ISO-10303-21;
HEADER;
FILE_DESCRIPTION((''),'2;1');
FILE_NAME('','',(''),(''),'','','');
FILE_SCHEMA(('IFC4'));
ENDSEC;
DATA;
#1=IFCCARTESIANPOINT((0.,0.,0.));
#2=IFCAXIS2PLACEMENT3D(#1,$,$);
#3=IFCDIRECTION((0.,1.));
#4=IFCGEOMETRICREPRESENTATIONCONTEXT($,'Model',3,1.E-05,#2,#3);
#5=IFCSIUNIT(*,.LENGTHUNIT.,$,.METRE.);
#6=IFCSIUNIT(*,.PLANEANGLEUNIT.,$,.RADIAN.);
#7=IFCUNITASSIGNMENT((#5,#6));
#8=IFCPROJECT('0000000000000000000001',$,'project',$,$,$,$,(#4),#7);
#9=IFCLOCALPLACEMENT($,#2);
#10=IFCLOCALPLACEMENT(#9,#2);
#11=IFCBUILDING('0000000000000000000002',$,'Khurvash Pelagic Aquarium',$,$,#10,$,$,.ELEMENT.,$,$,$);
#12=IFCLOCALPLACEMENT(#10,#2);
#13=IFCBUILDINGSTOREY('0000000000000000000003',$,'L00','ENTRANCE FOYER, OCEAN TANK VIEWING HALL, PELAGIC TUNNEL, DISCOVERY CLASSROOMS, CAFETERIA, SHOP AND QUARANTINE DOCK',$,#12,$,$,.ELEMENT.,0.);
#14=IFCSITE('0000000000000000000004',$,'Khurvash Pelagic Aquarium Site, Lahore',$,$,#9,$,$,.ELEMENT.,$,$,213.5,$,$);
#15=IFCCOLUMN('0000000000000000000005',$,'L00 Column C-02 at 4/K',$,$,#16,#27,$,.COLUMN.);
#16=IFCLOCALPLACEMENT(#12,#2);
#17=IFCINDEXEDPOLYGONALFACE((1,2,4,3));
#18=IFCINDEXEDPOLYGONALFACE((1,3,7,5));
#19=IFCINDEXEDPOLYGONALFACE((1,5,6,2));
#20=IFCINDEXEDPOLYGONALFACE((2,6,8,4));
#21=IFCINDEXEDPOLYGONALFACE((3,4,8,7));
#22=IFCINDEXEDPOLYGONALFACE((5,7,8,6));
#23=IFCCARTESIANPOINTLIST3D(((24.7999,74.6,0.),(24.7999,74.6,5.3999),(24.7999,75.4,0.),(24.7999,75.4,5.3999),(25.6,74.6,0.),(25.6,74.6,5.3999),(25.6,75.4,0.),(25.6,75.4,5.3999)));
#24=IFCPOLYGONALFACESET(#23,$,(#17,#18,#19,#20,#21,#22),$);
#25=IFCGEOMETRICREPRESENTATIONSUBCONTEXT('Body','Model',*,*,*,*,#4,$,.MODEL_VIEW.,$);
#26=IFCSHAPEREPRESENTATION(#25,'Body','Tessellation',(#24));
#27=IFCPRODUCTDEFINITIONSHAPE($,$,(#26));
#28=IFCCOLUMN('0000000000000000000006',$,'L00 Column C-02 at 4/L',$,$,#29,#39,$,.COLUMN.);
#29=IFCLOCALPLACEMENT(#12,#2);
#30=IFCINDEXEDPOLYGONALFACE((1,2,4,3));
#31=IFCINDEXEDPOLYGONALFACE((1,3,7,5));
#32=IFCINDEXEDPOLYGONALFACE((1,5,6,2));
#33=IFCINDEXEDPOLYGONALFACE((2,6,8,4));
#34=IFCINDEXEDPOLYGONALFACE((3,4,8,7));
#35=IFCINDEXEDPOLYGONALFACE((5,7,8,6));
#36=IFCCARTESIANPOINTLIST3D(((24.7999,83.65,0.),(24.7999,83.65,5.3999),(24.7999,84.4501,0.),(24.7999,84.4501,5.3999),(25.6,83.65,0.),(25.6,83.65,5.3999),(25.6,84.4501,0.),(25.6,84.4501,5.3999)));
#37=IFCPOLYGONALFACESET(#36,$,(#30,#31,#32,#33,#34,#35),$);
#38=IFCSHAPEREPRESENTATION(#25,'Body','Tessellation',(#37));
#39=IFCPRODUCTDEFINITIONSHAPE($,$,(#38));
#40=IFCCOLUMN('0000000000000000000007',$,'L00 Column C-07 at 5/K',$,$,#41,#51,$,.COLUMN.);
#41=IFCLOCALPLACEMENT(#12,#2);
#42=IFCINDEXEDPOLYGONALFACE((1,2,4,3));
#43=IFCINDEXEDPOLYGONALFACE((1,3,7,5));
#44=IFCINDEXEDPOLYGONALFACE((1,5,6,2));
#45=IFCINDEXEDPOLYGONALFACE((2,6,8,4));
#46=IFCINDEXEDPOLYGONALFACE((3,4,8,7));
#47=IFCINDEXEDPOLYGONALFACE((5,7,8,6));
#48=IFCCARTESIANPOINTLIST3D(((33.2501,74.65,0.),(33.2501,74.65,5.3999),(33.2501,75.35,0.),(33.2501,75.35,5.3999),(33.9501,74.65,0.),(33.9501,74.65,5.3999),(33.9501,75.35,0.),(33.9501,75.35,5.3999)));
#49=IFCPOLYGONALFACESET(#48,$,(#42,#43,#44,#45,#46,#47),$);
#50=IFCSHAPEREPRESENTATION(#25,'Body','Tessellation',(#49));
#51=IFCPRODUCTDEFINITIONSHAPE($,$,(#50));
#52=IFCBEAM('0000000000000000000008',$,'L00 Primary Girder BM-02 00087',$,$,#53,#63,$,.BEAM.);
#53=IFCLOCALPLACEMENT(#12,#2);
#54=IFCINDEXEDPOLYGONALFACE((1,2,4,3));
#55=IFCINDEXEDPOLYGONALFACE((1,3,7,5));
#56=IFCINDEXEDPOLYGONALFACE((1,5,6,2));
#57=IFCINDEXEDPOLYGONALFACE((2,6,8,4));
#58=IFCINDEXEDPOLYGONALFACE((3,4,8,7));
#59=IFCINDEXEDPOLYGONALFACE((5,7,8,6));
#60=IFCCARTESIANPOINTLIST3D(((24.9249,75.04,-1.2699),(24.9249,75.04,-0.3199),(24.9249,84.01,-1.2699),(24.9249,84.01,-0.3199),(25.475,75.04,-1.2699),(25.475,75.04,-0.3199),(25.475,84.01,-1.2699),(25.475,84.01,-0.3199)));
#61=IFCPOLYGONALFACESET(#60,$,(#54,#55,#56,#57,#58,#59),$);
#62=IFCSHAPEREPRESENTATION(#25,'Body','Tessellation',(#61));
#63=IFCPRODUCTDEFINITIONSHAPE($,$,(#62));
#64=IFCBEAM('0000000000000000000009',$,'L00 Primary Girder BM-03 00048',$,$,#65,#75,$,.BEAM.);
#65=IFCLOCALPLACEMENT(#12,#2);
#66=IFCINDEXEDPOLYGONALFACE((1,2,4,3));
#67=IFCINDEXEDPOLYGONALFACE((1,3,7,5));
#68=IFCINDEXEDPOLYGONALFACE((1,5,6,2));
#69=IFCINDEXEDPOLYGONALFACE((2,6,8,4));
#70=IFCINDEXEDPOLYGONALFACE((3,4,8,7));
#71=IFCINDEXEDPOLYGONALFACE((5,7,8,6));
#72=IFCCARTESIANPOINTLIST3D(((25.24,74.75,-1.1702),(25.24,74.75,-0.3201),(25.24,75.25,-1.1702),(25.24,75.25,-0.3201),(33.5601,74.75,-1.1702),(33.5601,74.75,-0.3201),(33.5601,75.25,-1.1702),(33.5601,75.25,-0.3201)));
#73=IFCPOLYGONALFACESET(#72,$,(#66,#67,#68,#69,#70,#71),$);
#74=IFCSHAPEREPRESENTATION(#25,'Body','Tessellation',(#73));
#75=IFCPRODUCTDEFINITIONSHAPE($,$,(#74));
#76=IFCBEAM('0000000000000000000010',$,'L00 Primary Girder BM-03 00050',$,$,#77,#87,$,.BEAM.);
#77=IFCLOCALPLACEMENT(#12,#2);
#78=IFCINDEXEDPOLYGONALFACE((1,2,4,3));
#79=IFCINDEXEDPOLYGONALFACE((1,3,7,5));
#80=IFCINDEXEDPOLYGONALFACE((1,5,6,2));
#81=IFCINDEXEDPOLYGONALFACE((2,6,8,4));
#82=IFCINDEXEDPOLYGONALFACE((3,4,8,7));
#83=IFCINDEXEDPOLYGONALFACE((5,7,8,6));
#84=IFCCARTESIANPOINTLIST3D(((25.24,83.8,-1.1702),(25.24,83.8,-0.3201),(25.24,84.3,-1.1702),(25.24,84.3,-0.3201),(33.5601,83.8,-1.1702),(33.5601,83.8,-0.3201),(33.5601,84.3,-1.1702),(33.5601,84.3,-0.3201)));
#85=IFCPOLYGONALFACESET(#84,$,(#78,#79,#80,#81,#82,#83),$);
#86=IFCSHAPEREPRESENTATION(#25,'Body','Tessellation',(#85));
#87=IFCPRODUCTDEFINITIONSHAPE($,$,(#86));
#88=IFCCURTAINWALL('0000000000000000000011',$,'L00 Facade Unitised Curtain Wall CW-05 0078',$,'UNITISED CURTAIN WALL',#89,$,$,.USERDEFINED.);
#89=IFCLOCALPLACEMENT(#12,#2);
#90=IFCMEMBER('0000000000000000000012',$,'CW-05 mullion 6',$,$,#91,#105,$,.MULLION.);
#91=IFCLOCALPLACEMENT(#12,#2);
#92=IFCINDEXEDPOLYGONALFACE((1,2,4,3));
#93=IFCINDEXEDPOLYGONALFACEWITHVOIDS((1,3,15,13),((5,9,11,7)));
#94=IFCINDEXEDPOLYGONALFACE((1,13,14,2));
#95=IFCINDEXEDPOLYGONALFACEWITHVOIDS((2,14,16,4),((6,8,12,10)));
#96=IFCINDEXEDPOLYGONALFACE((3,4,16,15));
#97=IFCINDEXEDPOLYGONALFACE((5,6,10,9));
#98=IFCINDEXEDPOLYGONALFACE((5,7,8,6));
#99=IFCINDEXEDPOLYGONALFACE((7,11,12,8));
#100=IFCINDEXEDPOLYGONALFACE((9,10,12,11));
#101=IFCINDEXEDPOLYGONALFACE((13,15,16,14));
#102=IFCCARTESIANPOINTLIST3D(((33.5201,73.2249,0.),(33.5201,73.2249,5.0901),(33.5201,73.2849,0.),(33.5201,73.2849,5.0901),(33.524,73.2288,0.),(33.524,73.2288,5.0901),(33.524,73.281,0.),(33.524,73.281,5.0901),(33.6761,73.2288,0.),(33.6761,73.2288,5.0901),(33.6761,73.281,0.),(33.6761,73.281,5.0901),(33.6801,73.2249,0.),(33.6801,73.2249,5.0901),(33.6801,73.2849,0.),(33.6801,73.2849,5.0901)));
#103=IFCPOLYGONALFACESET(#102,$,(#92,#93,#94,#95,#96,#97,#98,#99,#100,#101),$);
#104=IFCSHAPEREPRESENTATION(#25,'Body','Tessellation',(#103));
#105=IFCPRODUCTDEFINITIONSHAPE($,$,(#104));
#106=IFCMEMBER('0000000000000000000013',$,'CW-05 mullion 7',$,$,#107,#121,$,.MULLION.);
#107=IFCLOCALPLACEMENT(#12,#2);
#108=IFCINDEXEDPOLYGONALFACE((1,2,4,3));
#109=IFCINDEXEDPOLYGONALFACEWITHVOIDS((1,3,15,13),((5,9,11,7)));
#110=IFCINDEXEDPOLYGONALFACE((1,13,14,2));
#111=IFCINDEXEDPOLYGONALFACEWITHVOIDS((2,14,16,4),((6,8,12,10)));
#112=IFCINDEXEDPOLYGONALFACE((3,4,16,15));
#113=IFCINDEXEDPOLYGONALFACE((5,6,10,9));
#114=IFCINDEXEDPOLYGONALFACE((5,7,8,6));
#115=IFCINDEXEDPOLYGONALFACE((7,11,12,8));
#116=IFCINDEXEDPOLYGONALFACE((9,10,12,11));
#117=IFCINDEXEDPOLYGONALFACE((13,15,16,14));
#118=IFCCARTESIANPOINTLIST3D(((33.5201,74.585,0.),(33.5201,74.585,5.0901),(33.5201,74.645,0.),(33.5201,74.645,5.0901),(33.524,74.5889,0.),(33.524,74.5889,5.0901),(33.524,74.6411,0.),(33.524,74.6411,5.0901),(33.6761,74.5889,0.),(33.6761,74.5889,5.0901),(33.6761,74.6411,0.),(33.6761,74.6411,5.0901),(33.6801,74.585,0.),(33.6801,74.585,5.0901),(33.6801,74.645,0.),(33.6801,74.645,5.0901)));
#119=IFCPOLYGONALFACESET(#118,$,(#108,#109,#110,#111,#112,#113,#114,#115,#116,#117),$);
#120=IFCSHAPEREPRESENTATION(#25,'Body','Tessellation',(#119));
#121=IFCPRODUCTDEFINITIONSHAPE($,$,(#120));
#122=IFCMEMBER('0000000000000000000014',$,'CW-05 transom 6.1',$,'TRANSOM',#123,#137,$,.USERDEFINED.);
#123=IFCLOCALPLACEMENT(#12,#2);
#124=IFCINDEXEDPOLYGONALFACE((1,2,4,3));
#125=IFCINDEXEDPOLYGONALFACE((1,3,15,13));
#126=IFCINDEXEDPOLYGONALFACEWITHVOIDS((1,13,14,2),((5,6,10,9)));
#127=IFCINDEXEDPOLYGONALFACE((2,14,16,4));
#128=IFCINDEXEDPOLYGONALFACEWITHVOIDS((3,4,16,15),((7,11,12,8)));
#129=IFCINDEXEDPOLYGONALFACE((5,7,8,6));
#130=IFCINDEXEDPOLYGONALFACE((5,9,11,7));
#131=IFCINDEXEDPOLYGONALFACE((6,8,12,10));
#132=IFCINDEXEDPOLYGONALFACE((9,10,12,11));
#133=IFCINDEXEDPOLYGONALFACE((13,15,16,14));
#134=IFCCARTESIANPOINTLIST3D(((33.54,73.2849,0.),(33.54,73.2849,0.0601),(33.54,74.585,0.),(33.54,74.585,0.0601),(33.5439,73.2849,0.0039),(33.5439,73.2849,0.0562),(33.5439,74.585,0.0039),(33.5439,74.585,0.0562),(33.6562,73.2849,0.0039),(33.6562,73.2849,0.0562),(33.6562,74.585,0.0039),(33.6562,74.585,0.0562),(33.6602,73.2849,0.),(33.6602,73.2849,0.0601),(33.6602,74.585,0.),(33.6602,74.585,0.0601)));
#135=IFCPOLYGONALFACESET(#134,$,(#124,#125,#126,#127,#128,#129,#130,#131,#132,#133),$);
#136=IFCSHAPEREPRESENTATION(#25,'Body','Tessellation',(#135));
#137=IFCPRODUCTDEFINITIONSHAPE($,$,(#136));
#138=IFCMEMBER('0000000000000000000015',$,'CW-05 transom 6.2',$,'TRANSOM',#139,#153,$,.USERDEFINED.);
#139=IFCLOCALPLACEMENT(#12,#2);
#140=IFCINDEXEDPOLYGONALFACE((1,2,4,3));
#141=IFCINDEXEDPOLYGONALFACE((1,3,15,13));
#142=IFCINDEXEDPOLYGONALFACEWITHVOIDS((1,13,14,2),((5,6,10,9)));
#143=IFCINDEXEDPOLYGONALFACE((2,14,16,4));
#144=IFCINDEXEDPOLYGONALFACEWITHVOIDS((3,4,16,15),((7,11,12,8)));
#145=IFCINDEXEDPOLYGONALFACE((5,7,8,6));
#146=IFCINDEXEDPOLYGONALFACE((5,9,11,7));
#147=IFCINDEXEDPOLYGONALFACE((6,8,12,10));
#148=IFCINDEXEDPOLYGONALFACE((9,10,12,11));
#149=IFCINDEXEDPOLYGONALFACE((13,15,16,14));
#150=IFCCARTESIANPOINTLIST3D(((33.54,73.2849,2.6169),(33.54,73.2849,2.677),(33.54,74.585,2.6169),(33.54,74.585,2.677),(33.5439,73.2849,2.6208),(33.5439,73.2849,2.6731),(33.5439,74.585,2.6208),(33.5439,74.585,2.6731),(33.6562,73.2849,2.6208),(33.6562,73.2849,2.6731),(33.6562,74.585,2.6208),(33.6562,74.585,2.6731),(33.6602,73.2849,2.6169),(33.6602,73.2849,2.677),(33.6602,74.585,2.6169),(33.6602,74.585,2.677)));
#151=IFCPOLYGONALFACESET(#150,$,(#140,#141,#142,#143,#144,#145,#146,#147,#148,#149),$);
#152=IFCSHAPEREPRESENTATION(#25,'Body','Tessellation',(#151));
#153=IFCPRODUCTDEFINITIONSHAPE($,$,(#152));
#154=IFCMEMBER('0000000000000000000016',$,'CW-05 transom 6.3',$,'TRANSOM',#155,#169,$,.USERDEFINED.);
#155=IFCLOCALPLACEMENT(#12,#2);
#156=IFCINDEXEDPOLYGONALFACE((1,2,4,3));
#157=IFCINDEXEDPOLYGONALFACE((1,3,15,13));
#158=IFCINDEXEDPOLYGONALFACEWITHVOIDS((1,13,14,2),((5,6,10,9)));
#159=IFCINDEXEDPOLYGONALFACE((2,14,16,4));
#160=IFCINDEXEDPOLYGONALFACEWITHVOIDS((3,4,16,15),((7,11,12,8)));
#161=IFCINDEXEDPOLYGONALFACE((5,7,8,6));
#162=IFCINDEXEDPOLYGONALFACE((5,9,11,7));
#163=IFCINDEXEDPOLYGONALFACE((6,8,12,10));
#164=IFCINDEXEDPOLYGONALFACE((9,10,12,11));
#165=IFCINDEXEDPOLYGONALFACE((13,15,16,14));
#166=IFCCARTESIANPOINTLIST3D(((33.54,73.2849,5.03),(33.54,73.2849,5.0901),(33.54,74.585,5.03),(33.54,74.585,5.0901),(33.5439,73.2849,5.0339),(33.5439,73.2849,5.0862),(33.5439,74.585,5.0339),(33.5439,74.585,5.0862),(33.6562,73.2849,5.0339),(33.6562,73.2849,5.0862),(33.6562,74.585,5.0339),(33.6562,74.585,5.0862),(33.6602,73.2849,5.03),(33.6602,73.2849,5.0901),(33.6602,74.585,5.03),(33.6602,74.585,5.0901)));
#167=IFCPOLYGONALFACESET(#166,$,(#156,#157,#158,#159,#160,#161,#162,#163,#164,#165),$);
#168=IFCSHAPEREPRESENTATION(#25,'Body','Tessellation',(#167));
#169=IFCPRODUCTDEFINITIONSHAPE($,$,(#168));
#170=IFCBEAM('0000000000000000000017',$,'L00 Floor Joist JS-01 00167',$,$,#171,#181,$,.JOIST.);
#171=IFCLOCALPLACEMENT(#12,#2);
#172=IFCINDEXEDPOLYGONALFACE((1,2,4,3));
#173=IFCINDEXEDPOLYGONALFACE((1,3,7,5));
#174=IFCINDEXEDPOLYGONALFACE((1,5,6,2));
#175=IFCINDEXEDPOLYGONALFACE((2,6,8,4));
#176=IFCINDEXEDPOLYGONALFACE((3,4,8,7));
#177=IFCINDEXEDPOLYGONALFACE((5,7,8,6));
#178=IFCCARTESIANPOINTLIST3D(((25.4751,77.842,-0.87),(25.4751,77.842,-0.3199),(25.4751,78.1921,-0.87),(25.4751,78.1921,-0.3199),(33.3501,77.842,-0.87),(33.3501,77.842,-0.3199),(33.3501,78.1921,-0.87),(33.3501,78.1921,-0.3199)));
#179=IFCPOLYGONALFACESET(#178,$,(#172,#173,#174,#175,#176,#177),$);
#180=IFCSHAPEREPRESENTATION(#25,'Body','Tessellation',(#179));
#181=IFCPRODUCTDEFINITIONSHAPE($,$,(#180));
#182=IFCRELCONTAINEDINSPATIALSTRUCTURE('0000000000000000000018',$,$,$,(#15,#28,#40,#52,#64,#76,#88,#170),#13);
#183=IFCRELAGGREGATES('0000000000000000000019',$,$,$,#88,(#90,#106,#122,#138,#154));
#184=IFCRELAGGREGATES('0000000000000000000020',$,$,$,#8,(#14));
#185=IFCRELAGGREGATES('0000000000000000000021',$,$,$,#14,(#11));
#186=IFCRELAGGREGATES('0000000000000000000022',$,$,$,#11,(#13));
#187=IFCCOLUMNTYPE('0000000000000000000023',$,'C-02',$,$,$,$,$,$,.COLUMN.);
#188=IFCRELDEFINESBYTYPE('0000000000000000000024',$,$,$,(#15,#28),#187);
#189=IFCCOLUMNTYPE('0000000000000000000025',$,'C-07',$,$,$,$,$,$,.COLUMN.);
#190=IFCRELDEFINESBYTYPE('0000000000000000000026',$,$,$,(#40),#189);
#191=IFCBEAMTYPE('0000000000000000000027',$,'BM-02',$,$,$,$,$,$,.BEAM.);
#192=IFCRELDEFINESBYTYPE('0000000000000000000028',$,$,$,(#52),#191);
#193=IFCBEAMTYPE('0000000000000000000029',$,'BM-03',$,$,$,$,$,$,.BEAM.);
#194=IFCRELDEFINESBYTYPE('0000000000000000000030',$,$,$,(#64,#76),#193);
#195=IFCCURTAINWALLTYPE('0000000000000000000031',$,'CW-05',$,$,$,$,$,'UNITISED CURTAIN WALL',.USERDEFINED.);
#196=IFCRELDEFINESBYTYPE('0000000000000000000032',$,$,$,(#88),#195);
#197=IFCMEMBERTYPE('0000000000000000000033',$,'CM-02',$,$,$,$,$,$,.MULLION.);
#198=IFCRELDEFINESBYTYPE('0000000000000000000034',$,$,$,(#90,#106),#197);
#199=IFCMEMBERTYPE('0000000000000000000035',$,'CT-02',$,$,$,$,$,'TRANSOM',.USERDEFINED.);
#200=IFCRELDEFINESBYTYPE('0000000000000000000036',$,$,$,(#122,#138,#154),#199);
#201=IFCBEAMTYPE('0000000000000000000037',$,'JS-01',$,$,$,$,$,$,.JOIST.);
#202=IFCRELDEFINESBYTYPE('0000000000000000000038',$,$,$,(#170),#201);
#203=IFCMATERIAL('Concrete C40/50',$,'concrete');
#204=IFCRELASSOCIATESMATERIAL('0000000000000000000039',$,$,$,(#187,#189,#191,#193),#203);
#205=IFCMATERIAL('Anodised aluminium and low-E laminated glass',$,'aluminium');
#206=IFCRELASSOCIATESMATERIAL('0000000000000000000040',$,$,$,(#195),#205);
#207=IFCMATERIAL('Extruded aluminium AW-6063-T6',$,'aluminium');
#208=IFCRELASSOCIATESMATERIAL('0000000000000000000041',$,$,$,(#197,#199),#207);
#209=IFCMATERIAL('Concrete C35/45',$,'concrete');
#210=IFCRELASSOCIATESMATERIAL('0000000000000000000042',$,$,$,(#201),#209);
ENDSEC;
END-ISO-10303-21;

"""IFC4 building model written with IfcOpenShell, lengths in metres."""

from ifc_helpers import new_model, si_unit, direction, frame, origin, origin_2d, place, context, subcontext, project, spatial, rectangle, hollow_rectangle, extrude, material, material_profile, profile_set, type_object, element, aggregate, save


model = new_model("IFC4")

# Units and contexts
model_context = context("Model", 3, precision=1e-05, world=origin(), true_north=direction((0.0, 1.0)))
body_context = subcontext(model_context, "Body", "Model", "MODEL_VIEW")
ifc_project = project(units=[si_unit("LENGTHUNIT", "METRE"), si_unit("PLANEANGLEUNIT", "RADIAN")], contexts=[model_context])

# Site, building, storey
site_placement = place(None, origin())
site = spatial("IfcSite", under=ifc_project, at=site_placement, Name="Khurvash Pelagic Aquarium Site, Lahore", CompositionType="ELEMENT", RefElevation=213.5)
building_placement = place(site_placement, origin())
building = spatial("IfcBuilding", under=site, at=building_placement, Name="Khurvash Pelagic Aquarium", CompositionType="ELEMENT")
storey_placement = place(building_placement, origin())
storey = spatial("IfcBuildingStorey", under=building, at=storey_placement, Name="L00", Description="ENTRANCE FOYER, OCEAN TANK VIEWING HALL, PELAGIC TUNNEL, DISCOVERY CLASSROOMS, CAFETERIA, SHOP AND QUARANTINE DOCK", CompositionType="ELEMENT", Elevation=0.0)

# Columns
ifc_material_1 = material(Name="Concrete C40/50", Category="concrete")
ifc_material_profile_1 = material_profile(ifc_material_1, rectangle(XDim=0.8, YDim=0.8, at=origin_2d()), Name="RC800X800")
ifc_profile_set_1 = profile_set([ifc_material_profile_1], Name="Concrete C40/50")
column_type_1 = type_object("IfcColumnType", Name="C-02", PredefinedType="COLUMN", material=ifc_profile_set_1)
for number, where, z_axis, x_axis, name in (
    (1, (25.2, 75.0, 0.0), (0.0, 0.0, 1.0), (1.0, 0.0, 0.0), "L00 Column C-02 at 4/K"),
    (2, (25.2, 84.05, 0.0), (0.0, 0.0, 1.0), (1.0, 0.0, 0.0), "L00 Column C-02 at 4/L"),
):
    element("IfcColumn", number, at=place(storey_placement, frame(where, z_axis=z_axis, x_axis=x_axis)), inside=storey, type_object=column_type_1, Name=name, PredefinedType="COLUMN", context=body_context, shape_type="SweptSolid", body=[
        extrude(rectangle(XDim=0.8, YDim=0.8, at=origin_2d()), origin(), (0.0, 0.0, 1.0), 5.3999),
    ])
ifc_material_profile_2 = material_profile(ifc_material_1, rectangle(XDim=0.7, YDim=0.7, at=origin_2d()), Name="RC700X700")
ifc_profile_set_2 = profile_set([ifc_material_profile_2], Name="Concrete C40/50")
column_type_2 = type_object("IfcColumnType", Name="C-07", PredefinedType="COLUMN", material=ifc_profile_set_2)
column_placement = place(storey_placement, frame((33.6001, 75.0, 0.0), z_axis=(0.0, 0.0, 1.0), x_axis=(1.0, 0.0, 0.0)))
element("IfcColumn", 3, at=column_placement, inside=storey, type_object=column_type_2, Name="L00 Column C-07 at 5/K", PredefinedType="COLUMN", context=body_context, shape_type="SweptSolid", body=[
    extrude(rectangle(XDim=0.7, YDim=0.7, at=origin_2d()), origin(), (0.0, 0.0, 1.0), 5.3999),
])

# Beams
ifc_material_profile_3 = material_profile(ifc_material_1, rectangle(XDim=0.55, YDim=0.95, at=origin_2d()), Name="RC550X950")
ifc_profile_set_3 = profile_set([ifc_material_profile_3], Name="Concrete C40/50")
beam_type_1 = type_object("IfcBeamType", Name="BM-02", PredefinedType="BEAM", material=ifc_profile_set_3)
beam_placement = place(storey_placement, frame((25.2, 75.04, -0.7949), z_axis=(0.0, 1.0, 0.0), x_axis=(-1.0, 0.0, 0.0)))
element("IfcBeam", 4, at=beam_placement, inside=storey, type_object=beam_type_1, Name="L00 Primary Girder BM-02 00087", PredefinedType="BEAM", context=body_context, shape_type="SweptSolid", body=[
    extrude(rectangle(XDim=0.55, YDim=0.95, at=origin_2d()), origin(), (0.0, 0.0, 1.0), 8.97),
])
ifc_material_profile_4 = material_profile(ifc_material_1, rectangle(XDim=0.5, YDim=0.8501, at=origin_2d()), Name="RC500X850")
ifc_profile_set_4 = profile_set([ifc_material_profile_4], Name="Concrete C40/50")
beam_type_2 = type_object("IfcBeamType", Name="BM-03", PredefinedType="BEAM", material=ifc_profile_set_4)
for number, where, z_axis, x_axis, name in (
    (5, (25.24, 75.0, -0.7451), (1.0, 0.0, 0.0), (0.0, 1.0, 0.0), "L00 Primary Girder BM-03 00048"),
    (6, (25.24, 84.05, -0.7451), (1.0, 0.0, 0.0), (0.0, 1.0, 0.0), "L00 Primary Girder BM-03 00050"),
):
    element("IfcBeam", number, at=place(storey_placement, frame(where, z_axis=z_axis, x_axis=x_axis)), inside=storey, type_object=beam_type_2, Name=name, PredefinedType="BEAM", context=body_context, shape_type="SweptSolid", body=[
        extrude(rectangle(XDim=0.5, YDim=0.8501, at=origin_2d()), origin(), (0.0, 0.0, 1.0), 8.3201),
    ])

# Curtain wall, members
ifc_material_2 = material(Name="Anodised aluminium and low-E laminated glass", Category="aluminium")
curtain_wall_type = type_object("IfcCurtainWallType", Name="CW-05", ElementType="UNITISED CURTAIN WALL", PredefinedType="USERDEFINED", material=ifc_material_2)
curtain_wall_placement = place(storey_placement, origin())
curtain_wall = element("IfcCurtainWall", 7, at=curtain_wall_placement, inside=storey, type_object=curtain_wall_type, Name="L00 Facade Unitised Curtain Wall CW-05 0078", ObjectType="UNITISED CURTAIN WALL", PredefinedType="USERDEFINED")
ifc_material_3 = material(Name="Extruded aluminium AW-6063-T6", Category="aluminium")
ifc_material_profile_5 = material_profile(ifc_material_3, hollow_rectangle(XDim=0.0601, YDim=0.1599, WallThickness=0.0039, at=origin_2d()), Name="CWM60X160X4")
ifc_profile_set_5 = profile_set([ifc_material_profile_5], Name="Extruded aluminium AW-6063-T6")
member_type_1 = type_object("IfcMemberType", Name="CM-02", PredefinedType="MULLION", material=ifc_profile_set_5)
member_1_placement = place(storey_placement, frame((33.6001, 73.2549, 0.0), z_axis=(0.0, 0.0, 1.0), x_axis=(0.0, 1.0, 0.0)))
member_1 = element("IfcMember", 8, at=member_1_placement, type_object=member_type_1, Name="CW-05 mullion 6", PredefinedType="MULLION", context=body_context, shape_type="SweptSolid", body=[
    extrude(hollow_rectangle(XDim=0.0601, YDim=0.1599, WallThickness=0.0039, at=origin_2d()), origin(), (0.0, 0.0, 1.0), 5.0901),
])
member_2_placement = place(storey_placement, frame((33.6001, 74.615, 0.0), z_axis=(0.0, 0.0, 1.0), x_axis=(0.0, 1.0, 0.0)))
member_2 = element("IfcMember", 9, at=member_2_placement, type_object=member_type_1, Name="CW-05 mullion 7", PredefinedType="MULLION", context=body_context, shape_type="SweptSolid", body=[
    extrude(hollow_rectangle(XDim=0.0601, YDim=0.1599, WallThickness=0.0039, at=origin_2d()), origin(), (0.0, 0.0, 1.0), 5.0901),
])
ifc_material_profile_6 = material_profile(ifc_material_3, hollow_rectangle(XDim=0.1201, YDim=0.0601, WallThickness=0.0039, at=origin_2d()), Name="CWT120X60X4")
ifc_profile_set_6 = profile_set([ifc_material_profile_6], Name="Extruded aluminium AW-6063-T6")
member_type_2 = type_object("IfcMemberType", Name="CT-02", ElementType="TRANSOM", PredefinedType="USERDEFINED", material=ifc_profile_set_6)
member_3_placement = place(storey_placement, frame((33.6001, 73.2849, 0.03), z_axis=(0.0, 1.0, 0.0), x_axis=(-1.0, 0.0, 0.0)))
member_3 = element("IfcMember", 10, at=member_3_placement, type_object=member_type_2, Name="CW-05 transom 6.1", ObjectType="TRANSOM", PredefinedType="USERDEFINED", context=body_context, shape_type="SweptSolid", body=[
    extrude(hollow_rectangle(XDim=0.1201, YDim=0.0601, WallThickness=0.0039, at=origin_2d()), origin(), (0.0, 0.0, 1.0), 1.3),
])
member_4_placement = place(storey_placement, frame((33.6001, 73.2849, 2.647), z_axis=(0.0, 1.0, 0.0), x_axis=(-1.0, 0.0, 0.0)))
member_4 = element("IfcMember", 11, at=member_4_placement, type_object=member_type_2, Name="CW-05 transom 6.2", ObjectType="TRANSOM", PredefinedType="USERDEFINED", context=body_context, shape_type="SweptSolid", body=[
    extrude(hollow_rectangle(XDim=0.1201, YDim=0.0601, WallThickness=0.0039, at=origin_2d()), origin(), (0.0, 0.0, 1.0), 1.3),
])
member_5_placement = place(storey_placement, frame((33.6001, 73.2849, 5.0601), z_axis=(0.0, 1.0, 0.0), x_axis=(-1.0, 0.0, 0.0)))
member_5 = element("IfcMember", 12, at=member_5_placement, type_object=member_type_2, Name="CW-05 transom 6.3", ObjectType="TRANSOM", PredefinedType="USERDEFINED", context=body_context, shape_type="SweptSolid", body=[
    extrude(hollow_rectangle(XDim=0.1201, YDim=0.0601, WallThickness=0.0039, at=origin_2d()), origin(), (0.0, 0.0, 1.0), 1.3),
])

# Beam
ifc_material_4 = material(Name="Concrete C35/45", Category="concrete")
ifc_material_profile_7 = material_profile(ifc_material_4, rectangle(XDim=0.3501, YDim=0.55, at=origin_2d()), Name="RC350X550")
ifc_profile_set_7 = profile_set([ifc_material_profile_7], Name="Concrete C35/45")
beam_type_3 = type_object("IfcBeamType", Name="JS-01", PredefinedType="JOIST", material=ifc_profile_set_7)
for number, where, z_axis, x_axis, name in (
    (13, (25.4751, 78.0171, -0.595), (1.0, 0.0, 0.0), (0.0, 1.0, 0.0), "L00 Floor Joist JS-01 00167"),
):
    element("IfcBeam", number, at=place(storey_placement, frame(where, z_axis=z_axis, x_axis=x_axis)), inside=storey, type_object=beam_type_3, Name=name, PredefinedType="JOIST", context=body_context, shape_type="SweptSolid", body=[
        extrude(rectangle(XDim=0.3501, YDim=0.55, at=origin_2d()), origin(), (0.0, 0.0, 1.0), 7.875),
    ])

aggregate(curtain_wall, [member_1, member_2, member_3, member_4, member_5])

save(model, "model.ifc")
